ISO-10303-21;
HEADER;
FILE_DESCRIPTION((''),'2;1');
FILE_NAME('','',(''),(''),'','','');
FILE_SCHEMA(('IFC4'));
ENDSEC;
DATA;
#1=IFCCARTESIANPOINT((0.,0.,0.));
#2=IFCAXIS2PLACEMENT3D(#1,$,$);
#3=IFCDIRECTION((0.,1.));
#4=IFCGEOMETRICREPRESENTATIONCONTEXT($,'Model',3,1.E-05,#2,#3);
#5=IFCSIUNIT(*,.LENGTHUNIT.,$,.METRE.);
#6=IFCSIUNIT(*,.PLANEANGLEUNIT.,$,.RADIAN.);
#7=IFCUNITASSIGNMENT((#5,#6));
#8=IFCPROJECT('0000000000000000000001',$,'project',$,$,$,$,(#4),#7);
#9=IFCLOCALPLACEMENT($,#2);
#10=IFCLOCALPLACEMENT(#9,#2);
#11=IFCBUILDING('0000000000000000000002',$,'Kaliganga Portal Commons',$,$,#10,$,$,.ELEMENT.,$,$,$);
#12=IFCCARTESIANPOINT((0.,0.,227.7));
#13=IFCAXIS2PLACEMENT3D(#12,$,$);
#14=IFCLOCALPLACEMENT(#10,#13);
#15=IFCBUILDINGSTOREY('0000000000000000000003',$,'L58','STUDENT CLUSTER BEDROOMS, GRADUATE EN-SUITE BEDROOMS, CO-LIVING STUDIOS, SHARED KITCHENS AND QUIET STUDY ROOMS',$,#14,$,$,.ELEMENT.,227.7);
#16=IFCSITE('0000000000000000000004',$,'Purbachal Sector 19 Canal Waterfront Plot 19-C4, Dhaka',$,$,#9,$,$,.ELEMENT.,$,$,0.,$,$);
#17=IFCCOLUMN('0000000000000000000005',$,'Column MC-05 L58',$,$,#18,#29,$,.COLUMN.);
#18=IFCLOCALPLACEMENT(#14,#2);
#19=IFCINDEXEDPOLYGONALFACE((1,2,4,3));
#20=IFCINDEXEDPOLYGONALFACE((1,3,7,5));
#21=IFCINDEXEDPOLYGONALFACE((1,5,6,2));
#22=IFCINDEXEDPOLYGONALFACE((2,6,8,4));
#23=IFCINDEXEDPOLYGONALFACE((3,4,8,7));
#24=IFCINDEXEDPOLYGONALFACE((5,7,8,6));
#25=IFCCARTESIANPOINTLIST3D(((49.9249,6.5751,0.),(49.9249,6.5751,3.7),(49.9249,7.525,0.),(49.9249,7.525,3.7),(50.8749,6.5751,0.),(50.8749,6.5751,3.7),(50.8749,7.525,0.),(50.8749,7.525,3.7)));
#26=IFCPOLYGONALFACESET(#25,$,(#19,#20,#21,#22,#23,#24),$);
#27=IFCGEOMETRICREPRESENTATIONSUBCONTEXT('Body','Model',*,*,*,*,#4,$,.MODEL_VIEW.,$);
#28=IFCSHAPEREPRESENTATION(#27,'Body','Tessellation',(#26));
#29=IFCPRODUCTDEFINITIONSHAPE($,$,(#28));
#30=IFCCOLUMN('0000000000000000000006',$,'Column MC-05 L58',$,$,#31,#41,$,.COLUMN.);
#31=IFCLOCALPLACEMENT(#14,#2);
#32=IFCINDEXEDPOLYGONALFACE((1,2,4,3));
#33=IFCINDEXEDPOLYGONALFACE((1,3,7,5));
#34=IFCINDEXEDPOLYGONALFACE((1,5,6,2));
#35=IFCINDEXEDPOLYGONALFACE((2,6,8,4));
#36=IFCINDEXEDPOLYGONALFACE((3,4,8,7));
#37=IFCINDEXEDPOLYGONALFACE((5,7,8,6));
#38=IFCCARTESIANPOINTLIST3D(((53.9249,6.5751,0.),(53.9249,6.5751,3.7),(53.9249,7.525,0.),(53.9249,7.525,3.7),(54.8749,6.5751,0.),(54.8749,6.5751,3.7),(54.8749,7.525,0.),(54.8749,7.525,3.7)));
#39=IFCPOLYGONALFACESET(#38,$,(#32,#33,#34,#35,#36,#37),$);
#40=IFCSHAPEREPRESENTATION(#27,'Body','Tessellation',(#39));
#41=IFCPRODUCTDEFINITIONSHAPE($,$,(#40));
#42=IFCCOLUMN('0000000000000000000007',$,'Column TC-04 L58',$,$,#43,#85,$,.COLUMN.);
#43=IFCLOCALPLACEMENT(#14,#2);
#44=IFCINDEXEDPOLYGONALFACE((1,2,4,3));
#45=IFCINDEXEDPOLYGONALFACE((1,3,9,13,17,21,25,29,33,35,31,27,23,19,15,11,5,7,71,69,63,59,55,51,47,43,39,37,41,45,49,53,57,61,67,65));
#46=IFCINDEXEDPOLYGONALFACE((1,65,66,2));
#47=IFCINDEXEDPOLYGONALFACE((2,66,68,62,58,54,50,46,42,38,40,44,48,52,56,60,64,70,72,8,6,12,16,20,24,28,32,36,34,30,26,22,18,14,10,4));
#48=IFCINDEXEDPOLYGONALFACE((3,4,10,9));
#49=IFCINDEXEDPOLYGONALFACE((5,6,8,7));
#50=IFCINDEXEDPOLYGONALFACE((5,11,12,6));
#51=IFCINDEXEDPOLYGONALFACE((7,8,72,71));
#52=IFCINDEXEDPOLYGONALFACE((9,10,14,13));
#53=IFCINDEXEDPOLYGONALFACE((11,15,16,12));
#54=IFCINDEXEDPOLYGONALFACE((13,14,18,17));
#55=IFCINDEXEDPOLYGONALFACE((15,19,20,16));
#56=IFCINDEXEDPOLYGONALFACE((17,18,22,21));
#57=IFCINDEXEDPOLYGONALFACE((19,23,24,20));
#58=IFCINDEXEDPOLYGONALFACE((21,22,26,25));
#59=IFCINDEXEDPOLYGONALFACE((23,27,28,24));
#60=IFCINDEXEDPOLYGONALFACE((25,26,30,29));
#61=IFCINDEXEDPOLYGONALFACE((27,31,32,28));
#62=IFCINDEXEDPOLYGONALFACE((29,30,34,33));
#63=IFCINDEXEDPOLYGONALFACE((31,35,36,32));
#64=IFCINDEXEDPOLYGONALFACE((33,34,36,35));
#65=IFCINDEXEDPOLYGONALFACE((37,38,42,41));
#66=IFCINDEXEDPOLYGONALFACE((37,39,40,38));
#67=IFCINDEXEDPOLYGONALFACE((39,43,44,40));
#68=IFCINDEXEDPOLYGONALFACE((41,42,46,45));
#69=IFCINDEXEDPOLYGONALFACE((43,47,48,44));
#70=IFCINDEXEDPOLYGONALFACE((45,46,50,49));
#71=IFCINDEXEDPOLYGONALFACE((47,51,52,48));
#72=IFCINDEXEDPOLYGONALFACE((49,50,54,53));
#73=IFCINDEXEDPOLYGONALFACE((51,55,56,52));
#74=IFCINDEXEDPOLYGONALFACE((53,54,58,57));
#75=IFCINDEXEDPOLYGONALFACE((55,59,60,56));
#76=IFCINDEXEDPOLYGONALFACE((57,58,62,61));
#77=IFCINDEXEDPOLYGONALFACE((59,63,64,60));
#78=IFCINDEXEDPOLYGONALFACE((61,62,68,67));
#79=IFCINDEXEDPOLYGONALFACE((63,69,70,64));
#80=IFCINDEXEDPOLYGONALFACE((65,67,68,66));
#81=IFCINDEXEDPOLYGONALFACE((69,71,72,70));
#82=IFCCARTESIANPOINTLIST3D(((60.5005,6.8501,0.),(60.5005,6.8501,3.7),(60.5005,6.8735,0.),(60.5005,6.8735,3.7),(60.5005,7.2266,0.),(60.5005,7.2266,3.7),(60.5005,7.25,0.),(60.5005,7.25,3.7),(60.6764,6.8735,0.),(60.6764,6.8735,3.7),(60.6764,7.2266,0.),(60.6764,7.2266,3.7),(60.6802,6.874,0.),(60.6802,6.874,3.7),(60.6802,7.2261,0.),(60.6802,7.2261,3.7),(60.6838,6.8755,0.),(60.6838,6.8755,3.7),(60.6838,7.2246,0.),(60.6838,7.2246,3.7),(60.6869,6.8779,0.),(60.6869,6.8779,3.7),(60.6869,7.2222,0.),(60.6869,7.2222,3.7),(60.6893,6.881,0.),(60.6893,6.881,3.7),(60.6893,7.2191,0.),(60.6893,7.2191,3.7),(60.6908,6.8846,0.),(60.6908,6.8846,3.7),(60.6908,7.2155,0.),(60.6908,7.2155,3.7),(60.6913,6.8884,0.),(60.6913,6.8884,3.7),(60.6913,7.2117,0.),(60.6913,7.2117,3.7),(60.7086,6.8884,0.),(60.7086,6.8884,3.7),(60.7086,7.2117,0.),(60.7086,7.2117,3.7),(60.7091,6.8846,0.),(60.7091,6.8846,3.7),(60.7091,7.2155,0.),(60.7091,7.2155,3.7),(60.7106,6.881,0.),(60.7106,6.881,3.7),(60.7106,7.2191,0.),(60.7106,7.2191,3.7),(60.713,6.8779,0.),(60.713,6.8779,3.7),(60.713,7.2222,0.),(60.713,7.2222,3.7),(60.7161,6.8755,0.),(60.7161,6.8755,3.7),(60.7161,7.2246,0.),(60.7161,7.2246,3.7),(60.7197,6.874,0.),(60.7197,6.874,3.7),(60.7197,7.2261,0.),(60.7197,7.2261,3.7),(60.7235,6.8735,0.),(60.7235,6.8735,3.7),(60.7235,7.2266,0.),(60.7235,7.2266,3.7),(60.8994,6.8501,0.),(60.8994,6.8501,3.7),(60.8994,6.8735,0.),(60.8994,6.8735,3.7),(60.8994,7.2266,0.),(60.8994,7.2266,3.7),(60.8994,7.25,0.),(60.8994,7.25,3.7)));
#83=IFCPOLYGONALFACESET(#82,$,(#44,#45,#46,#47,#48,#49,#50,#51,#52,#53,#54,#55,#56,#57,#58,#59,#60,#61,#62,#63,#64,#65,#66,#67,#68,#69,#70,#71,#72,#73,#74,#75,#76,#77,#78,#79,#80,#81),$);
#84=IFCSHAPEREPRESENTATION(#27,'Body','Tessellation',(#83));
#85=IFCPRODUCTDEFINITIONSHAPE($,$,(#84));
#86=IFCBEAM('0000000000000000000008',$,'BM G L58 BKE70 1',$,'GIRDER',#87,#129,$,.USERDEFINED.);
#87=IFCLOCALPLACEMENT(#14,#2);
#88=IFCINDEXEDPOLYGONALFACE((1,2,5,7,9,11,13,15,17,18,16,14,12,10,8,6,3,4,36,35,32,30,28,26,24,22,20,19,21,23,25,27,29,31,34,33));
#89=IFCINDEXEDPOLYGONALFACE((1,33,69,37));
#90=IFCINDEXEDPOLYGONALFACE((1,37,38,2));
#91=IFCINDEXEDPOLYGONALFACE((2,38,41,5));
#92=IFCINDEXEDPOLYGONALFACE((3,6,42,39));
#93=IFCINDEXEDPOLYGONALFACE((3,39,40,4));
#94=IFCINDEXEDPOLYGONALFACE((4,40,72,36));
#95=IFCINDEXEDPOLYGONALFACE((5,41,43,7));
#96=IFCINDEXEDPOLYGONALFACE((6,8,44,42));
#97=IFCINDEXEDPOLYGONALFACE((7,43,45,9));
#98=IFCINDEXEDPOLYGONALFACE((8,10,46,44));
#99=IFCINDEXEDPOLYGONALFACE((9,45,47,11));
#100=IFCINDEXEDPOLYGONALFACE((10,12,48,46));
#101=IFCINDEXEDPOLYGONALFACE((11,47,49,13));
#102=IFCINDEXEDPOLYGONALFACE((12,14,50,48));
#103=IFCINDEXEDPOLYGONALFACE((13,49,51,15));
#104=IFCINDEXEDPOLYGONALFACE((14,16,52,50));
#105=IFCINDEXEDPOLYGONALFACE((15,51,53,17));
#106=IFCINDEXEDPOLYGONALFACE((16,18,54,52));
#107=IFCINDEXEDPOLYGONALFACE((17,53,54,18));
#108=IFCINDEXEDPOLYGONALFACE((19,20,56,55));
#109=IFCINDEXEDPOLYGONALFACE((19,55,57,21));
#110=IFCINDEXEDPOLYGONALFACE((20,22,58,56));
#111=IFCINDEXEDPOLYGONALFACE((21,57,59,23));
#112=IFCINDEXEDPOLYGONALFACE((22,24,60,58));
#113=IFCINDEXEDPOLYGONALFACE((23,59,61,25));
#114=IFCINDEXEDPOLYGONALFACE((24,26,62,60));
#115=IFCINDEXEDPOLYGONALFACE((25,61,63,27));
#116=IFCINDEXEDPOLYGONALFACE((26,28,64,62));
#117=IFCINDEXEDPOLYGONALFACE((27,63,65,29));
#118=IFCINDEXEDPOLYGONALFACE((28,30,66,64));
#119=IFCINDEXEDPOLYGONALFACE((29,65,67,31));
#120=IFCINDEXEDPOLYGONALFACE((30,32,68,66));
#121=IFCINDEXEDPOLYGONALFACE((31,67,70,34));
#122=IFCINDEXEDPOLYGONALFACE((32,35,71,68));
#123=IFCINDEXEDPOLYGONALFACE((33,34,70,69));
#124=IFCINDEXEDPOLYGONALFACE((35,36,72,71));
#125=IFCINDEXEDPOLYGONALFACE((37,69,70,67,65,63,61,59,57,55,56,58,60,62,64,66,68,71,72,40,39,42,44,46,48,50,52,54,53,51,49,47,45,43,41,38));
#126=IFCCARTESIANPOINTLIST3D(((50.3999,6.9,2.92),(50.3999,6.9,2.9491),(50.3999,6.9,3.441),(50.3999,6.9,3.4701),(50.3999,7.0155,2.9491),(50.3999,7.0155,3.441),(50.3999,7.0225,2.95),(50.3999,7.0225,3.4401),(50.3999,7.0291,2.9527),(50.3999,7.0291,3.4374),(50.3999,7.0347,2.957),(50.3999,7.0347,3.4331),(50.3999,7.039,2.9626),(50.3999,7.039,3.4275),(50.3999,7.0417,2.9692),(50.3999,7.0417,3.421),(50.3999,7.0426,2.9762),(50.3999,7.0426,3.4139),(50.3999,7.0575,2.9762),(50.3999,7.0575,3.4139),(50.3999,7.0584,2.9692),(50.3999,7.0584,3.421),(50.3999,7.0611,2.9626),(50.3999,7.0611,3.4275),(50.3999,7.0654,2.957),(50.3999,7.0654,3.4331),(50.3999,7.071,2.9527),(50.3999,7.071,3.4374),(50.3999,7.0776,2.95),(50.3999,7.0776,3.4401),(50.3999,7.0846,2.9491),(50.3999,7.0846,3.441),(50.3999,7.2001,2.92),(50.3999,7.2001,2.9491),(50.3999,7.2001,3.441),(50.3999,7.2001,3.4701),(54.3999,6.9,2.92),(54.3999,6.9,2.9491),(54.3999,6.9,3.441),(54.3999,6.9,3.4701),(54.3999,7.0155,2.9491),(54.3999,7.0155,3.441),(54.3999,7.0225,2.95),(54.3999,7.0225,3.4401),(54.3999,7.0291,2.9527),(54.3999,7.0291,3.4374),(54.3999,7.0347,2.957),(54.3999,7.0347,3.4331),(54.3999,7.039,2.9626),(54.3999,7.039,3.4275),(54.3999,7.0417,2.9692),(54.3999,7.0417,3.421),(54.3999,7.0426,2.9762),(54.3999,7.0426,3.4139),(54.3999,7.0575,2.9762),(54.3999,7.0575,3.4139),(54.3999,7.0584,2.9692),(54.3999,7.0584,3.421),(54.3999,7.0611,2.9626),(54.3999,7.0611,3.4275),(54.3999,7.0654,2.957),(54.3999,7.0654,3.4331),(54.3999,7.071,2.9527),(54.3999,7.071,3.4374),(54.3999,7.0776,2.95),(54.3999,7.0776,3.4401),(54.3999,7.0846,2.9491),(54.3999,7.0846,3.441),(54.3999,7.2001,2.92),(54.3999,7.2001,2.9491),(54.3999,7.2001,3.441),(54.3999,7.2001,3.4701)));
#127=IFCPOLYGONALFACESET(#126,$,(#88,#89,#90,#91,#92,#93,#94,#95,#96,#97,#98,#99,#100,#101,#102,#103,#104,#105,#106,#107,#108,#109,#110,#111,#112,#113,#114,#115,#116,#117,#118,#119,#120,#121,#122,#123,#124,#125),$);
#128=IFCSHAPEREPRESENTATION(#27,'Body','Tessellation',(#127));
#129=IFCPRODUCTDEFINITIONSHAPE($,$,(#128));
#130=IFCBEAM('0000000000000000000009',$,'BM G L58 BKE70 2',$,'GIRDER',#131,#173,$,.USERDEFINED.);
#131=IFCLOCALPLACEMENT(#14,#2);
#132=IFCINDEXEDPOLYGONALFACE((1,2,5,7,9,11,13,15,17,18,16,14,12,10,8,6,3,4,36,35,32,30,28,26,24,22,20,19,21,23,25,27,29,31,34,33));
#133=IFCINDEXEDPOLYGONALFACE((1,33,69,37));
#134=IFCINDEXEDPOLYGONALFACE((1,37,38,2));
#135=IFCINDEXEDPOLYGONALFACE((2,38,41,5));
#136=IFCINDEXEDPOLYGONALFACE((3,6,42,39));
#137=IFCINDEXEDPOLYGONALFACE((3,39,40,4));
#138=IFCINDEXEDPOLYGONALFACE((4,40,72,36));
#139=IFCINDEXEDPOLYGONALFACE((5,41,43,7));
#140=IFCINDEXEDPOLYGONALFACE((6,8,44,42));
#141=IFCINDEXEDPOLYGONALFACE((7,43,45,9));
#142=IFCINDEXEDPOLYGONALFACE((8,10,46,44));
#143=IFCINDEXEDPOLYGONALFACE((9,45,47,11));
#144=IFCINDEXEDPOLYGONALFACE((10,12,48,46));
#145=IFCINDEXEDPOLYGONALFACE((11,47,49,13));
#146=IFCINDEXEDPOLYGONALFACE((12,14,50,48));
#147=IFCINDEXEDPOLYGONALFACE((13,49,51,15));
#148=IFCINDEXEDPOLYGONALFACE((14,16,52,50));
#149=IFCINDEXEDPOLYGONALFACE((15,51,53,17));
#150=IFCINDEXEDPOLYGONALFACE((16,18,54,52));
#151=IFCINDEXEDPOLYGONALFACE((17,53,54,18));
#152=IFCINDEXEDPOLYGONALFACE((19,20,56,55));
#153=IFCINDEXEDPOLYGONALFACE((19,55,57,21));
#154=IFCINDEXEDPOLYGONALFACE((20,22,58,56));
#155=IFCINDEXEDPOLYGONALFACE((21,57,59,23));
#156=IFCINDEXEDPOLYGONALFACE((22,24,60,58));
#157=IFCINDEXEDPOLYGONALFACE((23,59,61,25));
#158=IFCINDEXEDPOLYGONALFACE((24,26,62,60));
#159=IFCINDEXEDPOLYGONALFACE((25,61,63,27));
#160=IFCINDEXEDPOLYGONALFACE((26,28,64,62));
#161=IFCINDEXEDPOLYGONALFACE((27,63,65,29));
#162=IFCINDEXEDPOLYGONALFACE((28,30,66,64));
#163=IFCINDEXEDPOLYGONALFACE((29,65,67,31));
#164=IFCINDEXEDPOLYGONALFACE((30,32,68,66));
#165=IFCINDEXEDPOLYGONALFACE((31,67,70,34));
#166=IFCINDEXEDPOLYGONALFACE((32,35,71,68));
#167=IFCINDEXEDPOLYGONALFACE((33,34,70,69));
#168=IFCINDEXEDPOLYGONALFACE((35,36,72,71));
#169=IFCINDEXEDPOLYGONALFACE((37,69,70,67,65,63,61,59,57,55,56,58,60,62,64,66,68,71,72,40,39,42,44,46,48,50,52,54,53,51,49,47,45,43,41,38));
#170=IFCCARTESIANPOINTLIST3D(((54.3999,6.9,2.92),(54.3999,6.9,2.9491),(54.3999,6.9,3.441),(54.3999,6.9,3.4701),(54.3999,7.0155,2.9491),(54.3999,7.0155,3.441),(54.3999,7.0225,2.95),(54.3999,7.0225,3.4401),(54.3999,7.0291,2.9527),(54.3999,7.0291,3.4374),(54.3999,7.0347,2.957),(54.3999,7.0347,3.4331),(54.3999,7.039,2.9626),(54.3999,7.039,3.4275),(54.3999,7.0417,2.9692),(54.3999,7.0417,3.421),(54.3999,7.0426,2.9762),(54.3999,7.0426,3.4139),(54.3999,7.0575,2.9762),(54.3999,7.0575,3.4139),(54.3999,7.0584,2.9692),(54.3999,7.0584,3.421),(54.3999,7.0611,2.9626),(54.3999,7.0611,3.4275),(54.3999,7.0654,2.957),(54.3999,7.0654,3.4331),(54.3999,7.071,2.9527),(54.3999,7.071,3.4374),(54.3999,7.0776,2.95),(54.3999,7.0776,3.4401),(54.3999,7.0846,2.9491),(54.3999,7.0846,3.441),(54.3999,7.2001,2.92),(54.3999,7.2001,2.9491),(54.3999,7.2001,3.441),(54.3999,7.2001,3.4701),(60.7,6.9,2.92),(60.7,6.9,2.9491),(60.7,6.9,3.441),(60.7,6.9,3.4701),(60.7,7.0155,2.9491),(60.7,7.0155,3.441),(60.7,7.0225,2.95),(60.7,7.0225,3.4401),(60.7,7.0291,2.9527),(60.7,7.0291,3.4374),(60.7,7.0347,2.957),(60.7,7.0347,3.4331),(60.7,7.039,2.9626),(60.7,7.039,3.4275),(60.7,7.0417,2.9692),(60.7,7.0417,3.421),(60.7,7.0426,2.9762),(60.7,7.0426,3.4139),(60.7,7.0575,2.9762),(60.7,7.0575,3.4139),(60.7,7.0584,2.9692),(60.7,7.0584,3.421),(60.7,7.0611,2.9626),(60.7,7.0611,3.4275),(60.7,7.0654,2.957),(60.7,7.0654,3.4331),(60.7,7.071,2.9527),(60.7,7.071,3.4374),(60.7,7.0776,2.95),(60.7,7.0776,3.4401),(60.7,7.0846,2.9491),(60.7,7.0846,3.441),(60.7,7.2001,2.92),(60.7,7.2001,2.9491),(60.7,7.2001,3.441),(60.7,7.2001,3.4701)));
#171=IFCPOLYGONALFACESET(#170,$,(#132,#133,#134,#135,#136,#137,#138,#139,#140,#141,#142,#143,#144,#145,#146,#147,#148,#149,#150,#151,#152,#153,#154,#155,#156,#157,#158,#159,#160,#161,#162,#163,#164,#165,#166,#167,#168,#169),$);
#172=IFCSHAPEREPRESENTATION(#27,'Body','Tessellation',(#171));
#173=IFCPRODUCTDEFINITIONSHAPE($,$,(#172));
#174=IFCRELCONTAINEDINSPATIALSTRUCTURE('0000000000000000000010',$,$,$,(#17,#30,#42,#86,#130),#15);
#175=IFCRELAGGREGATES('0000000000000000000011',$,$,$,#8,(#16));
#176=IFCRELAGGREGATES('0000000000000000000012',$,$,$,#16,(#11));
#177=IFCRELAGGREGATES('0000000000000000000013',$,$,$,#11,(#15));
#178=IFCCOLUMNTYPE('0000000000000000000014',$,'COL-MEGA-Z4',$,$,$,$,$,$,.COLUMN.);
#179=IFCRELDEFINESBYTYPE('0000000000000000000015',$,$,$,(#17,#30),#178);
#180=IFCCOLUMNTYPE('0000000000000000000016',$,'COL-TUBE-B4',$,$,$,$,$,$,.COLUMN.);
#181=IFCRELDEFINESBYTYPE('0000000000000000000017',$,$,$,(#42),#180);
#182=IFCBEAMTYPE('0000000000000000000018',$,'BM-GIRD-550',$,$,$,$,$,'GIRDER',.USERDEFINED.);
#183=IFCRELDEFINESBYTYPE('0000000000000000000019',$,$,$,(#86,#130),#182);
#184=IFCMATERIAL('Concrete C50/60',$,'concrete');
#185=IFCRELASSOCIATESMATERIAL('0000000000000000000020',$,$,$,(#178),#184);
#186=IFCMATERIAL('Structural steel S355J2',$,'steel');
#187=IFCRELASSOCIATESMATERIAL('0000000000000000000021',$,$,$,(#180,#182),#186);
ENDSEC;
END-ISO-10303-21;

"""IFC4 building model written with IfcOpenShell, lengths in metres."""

from ifc_helpers import new_model, si_unit, direction, frame, origin, origin_2d, place, context, subcontext, project, spatial, rectangle, i_section, extrude, source, transform, mapped, material, material_profile, profile_set, type_object, element, save


model = new_model("IFC4")

# Units and contexts
model_context = context("Model", 3, precision=1e-05, world=origin(), true_north=direction((0.0, 1.0)))
body_context = subcontext(model_context, "Body", "Model", "MODEL_VIEW")
ifc_project = project(units=[si_unit("LENGTHUNIT", "METRE"), si_unit("PLANEANGLEUNIT", "RADIAN")], contexts=[model_context])

# Site, building, storey
site_placement = place(None, origin())
site = spatial("IfcSite", under=ifc_project, at=site_placement, Name="Purbachal Sector 19 Canal Waterfront Plot 19-C4, Dhaka", CompositionType="ELEMENT", RefElevation=0.0)
building_placement = place(site_placement, origin())
building = spatial("IfcBuilding", under=site, at=building_placement, Name="Kaliganga Portal Commons", CompositionType="ELEMENT")
storey_placement = place(building_placement, frame((0.0, 0.0, 227.7)))
storey = spatial("IfcBuildingStorey", under=building, at=storey_placement, Name="L58", Description="STUDENT CLUSTER BEDROOMS, GRADUATE EN-SUITE BEDROOMS, CO-LIVING STUDIOS, SHARED KITCHENS AND QUIET STUDY ROOMS", CompositionType="ELEMENT", Elevation=227.7)

# Columns
ifc_material_1 = material(Name="Concrete C50/60", Category="concrete")
ifc_material_profile_1 = material_profile(ifc_material_1, rectangle(XDim=0.95, YDim=0.95, at=origin_2d()), Name="RC 950x950")
ifc_profile_set_1 = profile_set([ifc_material_profile_1], Name="Concrete C50/60")
column_type_1 = type_object("IfcColumnType", Name="COL-MEGA-Z4", PredefinedType="COLUMN", material=ifc_profile_set_1)
shared_shape_1 = source(origin(), body_context, "Body", "SweptSolid", [
    extrude(rectangle(XDim=0.95, YDim=0.95, at=origin_2d()), origin(), (0.0, 0.0, 1.0), 3.7),
])
for number, where, z_axis, x_axis, name in (
    (1, (50.3999, 7.05, 0.0), (0.0, 0.0, 1.0), (1.0, 0.0, 0.0), "Column MC-05 L58"),
    (2, (54.3999, 7.05, 0.0), (0.0, 0.0, 1.0), (1.0, 0.0, 0.0), "Column MC-05 L58"),
):
    element("IfcColumn", number, at=place(storey_placement, frame(where, z_axis=z_axis, x_axis=x_axis)), inside=storey, type_object=column_type_1, Name=name, PredefinedType="COLUMN", context=body_context, shape_type="MappedRepresentation", body=[
        mapped(shared_shape_1, transform((0.0, 0.0, 0.0), x_axis=(1.0, 0.0, 0.0), y_axis=(0.0, 1.0, 0.0), z_axis=(0.0, 0.0, 1.0), scale=1.0)),
    ])
ifc_material_2 = material(Name="Structural steel S355J2", Category="steel")
ifc_material_profile_2 = material_profile(ifc_material_2, i_section(OverallWidth=0.3989, OverallDepth=0.3999, WebThickness=0.0173, FlangeThickness=0.0234, FilletRadius=0.0149, at=origin_2d()), Name="HD 400x287")
ifc_profile_set_2 = profile_set([ifc_material_profile_2], Name="Structural steel S355J2 wide-flange")
column_type_2 = type_object("IfcColumnType", Name="COL-TUBE-B4", PredefinedType="COLUMN", material=ifc_profile_set_2)
shared_shape_2 = source(origin(), body_context, "Body", "SweptSolid", [
    extrude(i_section(OverallWidth=0.3989, OverallDepth=0.3999, WebThickness=0.0173, FlangeThickness=0.0234, FilletRadius=0.0149, at=origin_2d()), origin(), (0.0, 0.0, 1.0), 3.7),
])
column_placement = place(storey_placement, frame((60.7, 7.05, 0.0), z_axis=(0.0, 0.0, 1.0), x_axis=(1.0, 0.0, 0.0)))
element("IfcColumn", 3, at=column_placement, inside=storey, type_object=column_type_2, Name="Column TC-04 L58", PredefinedType="COLUMN", context=body_context, shape_type="MappedRepresentation", body=[
    mapped(shared_shape_2, transform((0.0, 0.0, 0.0), x_axis=(1.0, 0.0, 0.0), y_axis=(0.0, 1.0, 0.0), z_axis=(0.0, 0.0, 1.0), scale=1.0)),
])

# Beams
ifc_material_profile_3 = material_profile(ifc_material_2, i_section(OverallWidth=0.3, OverallDepth=0.55, WebThickness=0.0149, FlangeThickness=0.0291, FilletRadius=0.0271, at=origin_2d()), Name="HE 550 B")
ifc_profile_set_3 = profile_set([ifc_material_profile_3], Name="Structural steel S355J2 wide-flange")
beam_type_1 = type_object("IfcBeamType", Name="BM-GIRD-550", ElementType="GIRDER", PredefinedType="USERDEFINED", material=ifc_profile_set_3)
shared_shape_3 = source(origin(), body_context, "Body", "SweptSolid", [
    extrude(i_section(OverallWidth=0.3, OverallDepth=0.55, WebThickness=0.0149, FlangeThickness=0.0291, FilletRadius=0.0271, at=origin_2d()), origin(), (0.0, 0.0, 1.0), 4.0),
])
beam_1_placement = place(storey_placement, frame((50.3999, 7.05, 3.1951), z_axis=(1.0, 0.0, 0.0), x_axis=(0.0, 1.0, 0.0)))
element("IfcBeam", 4, at=beam_1_placement, inside=storey, type_object=beam_type_1, Name="BM G L58 BKE70 1", ObjectType="GIRDER", PredefinedType="USERDEFINED", context=body_context, shape_type="MappedRepresentation", body=[
    mapped(shared_shape_3, transform((0.0, 0.0, 0.0), x_axis=(1.0, 0.0, 0.0), y_axis=(0.0, 1.0, 0.0), z_axis=(0.0, 0.0, 1.0), scale=1.0)),
])
shared_shape_4 = source(origin(), body_context, "Body", "SweptSolid", [
    extrude(i_section(OverallWidth=0.3, OverallDepth=0.55, WebThickness=0.0149, FlangeThickness=0.0291, FilletRadius=0.0271, at=origin_2d()), origin(), (0.0, 0.0, 1.0), 6.3),
])
beam_2_placement = place(storey_placement, frame((54.3999, 7.05, 3.1951), z_axis=(1.0, 0.0, 0.0), x_axis=(0.0, 1.0, 0.0)))
element("IfcBeam", 5, at=beam_2_placement, inside=storey, type_object=beam_type_1, Name="BM G L58 BKE70 2", ObjectType="GIRDER", PredefinedType="USERDEFINED", context=body_context, shape_type="MappedRepresentation", body=[
    mapped(shared_shape_4, transform((0.0, 0.0, 0.0), x_axis=(1.0, 0.0, 0.0), y_axis=(0.0, 1.0, 0.0), z_axis=(0.0, 0.0, 1.0), scale=1.0)),
])

save(model, "model.ifc")
